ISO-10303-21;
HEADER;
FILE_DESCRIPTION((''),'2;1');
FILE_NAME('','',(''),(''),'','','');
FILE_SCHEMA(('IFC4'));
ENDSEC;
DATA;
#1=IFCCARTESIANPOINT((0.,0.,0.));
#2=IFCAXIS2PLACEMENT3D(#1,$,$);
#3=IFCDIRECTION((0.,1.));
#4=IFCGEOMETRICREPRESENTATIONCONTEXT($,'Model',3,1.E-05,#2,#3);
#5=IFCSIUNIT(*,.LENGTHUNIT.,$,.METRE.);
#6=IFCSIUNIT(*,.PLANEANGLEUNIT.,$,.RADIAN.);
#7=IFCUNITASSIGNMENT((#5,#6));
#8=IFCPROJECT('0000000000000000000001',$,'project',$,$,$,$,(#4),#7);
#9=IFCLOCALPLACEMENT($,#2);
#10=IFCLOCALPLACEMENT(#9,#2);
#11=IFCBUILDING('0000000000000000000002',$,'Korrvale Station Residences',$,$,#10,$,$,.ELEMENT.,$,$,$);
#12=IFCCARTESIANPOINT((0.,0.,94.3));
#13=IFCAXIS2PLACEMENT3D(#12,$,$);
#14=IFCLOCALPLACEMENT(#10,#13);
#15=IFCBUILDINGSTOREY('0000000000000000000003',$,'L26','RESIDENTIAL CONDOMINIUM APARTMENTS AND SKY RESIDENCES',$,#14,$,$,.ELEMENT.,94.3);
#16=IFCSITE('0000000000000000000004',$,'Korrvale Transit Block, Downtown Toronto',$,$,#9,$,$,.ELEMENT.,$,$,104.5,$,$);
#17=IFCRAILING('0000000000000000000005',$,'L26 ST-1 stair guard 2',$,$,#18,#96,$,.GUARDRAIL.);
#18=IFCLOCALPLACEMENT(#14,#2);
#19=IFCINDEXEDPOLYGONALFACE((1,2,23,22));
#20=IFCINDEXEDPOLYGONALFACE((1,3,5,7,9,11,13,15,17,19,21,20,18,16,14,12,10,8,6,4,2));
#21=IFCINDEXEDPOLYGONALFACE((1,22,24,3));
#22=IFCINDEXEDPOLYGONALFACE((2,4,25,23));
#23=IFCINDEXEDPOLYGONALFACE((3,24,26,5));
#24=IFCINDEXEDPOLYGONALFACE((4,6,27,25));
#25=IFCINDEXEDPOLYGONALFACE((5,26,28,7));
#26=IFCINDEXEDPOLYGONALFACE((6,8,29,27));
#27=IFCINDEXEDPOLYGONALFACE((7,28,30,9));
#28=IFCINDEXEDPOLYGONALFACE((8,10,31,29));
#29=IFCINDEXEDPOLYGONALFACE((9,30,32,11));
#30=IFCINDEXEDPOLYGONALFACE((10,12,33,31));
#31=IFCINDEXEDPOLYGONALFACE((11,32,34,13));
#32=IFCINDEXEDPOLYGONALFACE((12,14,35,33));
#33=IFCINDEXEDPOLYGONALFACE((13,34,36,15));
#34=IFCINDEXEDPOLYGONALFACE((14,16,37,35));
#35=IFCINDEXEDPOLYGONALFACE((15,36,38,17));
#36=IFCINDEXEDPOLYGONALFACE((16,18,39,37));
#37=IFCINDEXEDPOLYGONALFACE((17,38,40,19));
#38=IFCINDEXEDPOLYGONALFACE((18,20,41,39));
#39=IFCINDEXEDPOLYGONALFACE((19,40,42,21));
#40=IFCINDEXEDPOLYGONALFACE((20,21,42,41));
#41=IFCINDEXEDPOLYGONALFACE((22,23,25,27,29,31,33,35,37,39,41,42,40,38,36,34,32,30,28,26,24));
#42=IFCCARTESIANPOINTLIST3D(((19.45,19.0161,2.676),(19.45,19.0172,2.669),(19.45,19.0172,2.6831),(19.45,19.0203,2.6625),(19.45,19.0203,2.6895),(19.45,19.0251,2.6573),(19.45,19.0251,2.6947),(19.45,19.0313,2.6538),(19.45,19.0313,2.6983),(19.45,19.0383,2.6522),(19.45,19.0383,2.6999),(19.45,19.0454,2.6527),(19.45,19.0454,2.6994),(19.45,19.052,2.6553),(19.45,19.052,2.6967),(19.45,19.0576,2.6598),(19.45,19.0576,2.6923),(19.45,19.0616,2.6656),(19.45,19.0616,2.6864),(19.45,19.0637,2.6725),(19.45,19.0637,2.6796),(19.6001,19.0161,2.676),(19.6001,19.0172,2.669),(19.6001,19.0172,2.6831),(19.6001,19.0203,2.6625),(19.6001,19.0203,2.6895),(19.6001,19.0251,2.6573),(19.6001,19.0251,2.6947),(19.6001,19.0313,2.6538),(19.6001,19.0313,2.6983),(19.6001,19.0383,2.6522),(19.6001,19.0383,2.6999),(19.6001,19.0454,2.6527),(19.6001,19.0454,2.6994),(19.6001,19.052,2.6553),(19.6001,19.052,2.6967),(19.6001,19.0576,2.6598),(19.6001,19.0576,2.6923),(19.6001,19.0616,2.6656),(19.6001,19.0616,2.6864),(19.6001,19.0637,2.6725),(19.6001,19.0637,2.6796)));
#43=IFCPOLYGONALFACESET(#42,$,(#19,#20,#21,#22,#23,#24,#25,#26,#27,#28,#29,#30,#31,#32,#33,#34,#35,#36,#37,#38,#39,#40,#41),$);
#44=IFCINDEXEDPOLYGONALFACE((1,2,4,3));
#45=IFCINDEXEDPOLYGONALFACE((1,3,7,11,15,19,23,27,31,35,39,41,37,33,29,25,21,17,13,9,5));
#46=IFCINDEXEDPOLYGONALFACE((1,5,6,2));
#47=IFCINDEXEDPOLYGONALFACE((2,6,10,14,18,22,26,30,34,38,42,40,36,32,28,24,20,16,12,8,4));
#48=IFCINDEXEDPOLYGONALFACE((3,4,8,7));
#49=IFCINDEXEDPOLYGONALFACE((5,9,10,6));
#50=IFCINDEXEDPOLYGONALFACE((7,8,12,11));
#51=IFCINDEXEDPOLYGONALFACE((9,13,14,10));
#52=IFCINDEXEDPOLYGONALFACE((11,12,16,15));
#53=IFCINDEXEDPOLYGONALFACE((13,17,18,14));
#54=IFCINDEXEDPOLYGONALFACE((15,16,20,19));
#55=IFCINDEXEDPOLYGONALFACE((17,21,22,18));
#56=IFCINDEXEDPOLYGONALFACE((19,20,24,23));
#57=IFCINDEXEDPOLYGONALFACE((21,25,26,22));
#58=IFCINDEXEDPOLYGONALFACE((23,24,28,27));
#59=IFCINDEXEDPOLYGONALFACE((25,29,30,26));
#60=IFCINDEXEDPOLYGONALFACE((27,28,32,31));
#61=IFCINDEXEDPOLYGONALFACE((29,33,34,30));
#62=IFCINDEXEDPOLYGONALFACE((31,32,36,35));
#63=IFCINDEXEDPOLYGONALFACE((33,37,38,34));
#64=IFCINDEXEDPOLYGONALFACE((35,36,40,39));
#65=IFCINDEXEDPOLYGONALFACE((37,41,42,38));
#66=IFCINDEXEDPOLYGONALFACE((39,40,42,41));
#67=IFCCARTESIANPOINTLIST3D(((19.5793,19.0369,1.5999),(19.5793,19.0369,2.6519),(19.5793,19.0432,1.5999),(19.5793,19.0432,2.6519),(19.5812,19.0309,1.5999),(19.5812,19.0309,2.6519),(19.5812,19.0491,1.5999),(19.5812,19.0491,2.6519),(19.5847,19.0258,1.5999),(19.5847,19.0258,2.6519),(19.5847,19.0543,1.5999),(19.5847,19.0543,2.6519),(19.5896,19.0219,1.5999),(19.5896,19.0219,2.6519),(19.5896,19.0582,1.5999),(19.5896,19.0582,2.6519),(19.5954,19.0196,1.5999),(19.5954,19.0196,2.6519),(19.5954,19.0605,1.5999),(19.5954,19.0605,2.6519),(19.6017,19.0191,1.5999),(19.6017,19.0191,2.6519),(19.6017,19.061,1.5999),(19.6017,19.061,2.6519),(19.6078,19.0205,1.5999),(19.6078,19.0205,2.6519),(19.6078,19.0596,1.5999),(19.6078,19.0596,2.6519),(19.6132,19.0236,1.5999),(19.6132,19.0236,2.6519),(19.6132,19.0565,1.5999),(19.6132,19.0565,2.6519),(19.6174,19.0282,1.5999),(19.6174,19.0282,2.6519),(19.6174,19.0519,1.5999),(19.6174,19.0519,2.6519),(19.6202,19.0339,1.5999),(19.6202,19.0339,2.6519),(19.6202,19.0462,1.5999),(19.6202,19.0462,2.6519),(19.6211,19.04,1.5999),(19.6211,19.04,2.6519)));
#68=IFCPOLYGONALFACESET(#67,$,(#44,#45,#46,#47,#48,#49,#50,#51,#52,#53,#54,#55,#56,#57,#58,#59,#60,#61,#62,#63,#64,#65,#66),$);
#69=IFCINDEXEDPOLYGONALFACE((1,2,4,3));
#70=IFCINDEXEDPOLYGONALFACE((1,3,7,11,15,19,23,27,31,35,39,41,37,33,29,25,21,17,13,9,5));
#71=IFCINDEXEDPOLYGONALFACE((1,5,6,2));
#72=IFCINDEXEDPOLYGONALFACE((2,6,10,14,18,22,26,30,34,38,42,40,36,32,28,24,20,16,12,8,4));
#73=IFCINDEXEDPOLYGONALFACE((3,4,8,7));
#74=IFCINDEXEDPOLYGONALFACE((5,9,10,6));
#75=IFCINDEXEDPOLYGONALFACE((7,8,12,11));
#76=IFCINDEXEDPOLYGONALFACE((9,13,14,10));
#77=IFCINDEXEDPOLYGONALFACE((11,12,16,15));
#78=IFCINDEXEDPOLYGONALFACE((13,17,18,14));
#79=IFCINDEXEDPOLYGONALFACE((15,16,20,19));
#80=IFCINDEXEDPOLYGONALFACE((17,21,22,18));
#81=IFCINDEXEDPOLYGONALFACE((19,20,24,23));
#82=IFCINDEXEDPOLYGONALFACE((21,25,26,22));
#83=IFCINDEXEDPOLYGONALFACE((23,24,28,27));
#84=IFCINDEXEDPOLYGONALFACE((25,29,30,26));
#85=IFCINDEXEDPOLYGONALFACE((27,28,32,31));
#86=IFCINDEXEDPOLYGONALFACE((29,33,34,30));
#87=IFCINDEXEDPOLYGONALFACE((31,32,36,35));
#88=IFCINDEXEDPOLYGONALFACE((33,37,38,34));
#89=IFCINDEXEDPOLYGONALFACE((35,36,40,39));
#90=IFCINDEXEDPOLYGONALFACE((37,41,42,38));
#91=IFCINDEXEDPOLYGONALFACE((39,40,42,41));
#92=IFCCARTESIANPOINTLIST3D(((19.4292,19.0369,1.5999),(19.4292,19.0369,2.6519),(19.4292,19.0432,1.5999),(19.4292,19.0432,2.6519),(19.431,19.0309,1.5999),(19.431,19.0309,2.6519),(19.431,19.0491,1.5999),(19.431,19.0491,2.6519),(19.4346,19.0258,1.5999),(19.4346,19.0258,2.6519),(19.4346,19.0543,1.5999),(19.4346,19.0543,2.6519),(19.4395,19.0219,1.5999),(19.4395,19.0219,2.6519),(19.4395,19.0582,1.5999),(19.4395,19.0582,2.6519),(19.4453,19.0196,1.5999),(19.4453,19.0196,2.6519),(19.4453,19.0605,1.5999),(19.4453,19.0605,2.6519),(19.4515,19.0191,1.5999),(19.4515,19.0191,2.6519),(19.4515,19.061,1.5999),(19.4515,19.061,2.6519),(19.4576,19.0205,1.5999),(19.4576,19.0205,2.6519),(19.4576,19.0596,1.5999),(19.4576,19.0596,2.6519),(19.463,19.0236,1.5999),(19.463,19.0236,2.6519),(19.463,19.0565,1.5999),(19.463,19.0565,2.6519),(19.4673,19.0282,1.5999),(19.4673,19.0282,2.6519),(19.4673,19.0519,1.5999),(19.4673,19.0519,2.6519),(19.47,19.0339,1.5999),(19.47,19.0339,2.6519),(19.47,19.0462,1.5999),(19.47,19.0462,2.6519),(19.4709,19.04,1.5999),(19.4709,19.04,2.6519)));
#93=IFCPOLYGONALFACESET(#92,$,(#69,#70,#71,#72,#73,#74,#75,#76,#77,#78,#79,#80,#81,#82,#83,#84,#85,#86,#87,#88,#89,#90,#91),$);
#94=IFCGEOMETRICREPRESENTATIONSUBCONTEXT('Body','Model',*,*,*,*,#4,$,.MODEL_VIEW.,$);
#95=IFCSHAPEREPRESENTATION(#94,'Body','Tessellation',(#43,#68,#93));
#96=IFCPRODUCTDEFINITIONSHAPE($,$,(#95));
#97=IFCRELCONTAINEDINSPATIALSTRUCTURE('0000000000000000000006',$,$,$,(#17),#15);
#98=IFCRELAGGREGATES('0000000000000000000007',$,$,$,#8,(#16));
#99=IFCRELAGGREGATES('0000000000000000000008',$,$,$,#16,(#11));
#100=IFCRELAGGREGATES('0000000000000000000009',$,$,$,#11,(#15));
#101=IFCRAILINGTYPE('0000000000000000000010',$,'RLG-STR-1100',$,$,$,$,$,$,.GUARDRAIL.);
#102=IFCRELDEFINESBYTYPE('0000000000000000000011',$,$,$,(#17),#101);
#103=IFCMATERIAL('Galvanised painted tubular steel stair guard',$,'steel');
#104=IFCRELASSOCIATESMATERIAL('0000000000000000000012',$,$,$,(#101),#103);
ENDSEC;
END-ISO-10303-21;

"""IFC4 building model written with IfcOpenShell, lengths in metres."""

from ifc_helpers import new_model, si_unit, direction, frame, origin, origin_2d, place, context, subcontext, project, spatial, circle, extrude, material, type_object, element, save


model = new_model("IFC4")

# Units and contexts
model_context = context("Model", 3, precision=1e-05, world=origin(), true_north=direction((0.0, 1.0)))
body_context = subcontext(model_context, "Body", "Model", "MODEL_VIEW")
ifc_project = project(units=[si_unit("LENGTHUNIT", "METRE"), si_unit("PLANEANGLEUNIT", "RADIAN")], contexts=[model_context])

# Site, building, storey
site_placement = place(None, origin())
site = spatial("IfcSite", under=ifc_project, at=site_placement, Name="Korrvale Transit Block, Downtown Toronto", CompositionType="ELEMENT", RefElevation=104.5)
building_placement = place(site_placement, origin())
building = spatial("IfcBuilding", under=site, at=building_placement, Name="Korrvale Station Residences", CompositionType="ELEMENT")
storey_placement = place(building_placement, frame((0.0, 0.0, 94.3)))
storey = spatial("IfcBuildingStorey", under=building, at=storey_placement, Name="L26", Description="RESIDENTIAL CONDOMINIUM APARTMENTS AND SKY RESIDENCES", CompositionType="ELEMENT", Elevation=94.3)

# Railing
ifc_material_1 = material(Name="Galvanised painted tubular steel stair guard", Category="steel")
railing_type = type_object("IfcRailingType", Name="RLG-STR-1100", PredefinedType="GUARDRAIL", material=ifc_material_1)
railing_placement = place(storey_placement, frame((19.6001, 19.04, 1.5999)))
element("IfcRailing", 1, at=railing_placement, inside=storey, type_object=railing_type, Name="L26 ST-1 stair guard 2", PredefinedType="GUARDRAIL", context=body_context, shape_type="SweptSolid", body=[
    extrude(circle(Radius=0.0239, at=origin_2d()), frame((0.0, 0.0, 1.0762), z_axis=(-1.0, 0.0, 0.0), x_axis=(0.0, -1.0, 0.0)), (0.0, 0.0, 1.0), 0.1501),
    extrude(circle(Radius=0.021, at=origin_2d()), origin(), (0.0, 0.0, 1.0), 1.052),
    extrude(circle(Radius=0.021, at=origin_2d()), frame((-0.1501, 0.0, 0.0)), (0.0, 0.0, 1.0), 1.052),
])

save(model, "model.ifc")
